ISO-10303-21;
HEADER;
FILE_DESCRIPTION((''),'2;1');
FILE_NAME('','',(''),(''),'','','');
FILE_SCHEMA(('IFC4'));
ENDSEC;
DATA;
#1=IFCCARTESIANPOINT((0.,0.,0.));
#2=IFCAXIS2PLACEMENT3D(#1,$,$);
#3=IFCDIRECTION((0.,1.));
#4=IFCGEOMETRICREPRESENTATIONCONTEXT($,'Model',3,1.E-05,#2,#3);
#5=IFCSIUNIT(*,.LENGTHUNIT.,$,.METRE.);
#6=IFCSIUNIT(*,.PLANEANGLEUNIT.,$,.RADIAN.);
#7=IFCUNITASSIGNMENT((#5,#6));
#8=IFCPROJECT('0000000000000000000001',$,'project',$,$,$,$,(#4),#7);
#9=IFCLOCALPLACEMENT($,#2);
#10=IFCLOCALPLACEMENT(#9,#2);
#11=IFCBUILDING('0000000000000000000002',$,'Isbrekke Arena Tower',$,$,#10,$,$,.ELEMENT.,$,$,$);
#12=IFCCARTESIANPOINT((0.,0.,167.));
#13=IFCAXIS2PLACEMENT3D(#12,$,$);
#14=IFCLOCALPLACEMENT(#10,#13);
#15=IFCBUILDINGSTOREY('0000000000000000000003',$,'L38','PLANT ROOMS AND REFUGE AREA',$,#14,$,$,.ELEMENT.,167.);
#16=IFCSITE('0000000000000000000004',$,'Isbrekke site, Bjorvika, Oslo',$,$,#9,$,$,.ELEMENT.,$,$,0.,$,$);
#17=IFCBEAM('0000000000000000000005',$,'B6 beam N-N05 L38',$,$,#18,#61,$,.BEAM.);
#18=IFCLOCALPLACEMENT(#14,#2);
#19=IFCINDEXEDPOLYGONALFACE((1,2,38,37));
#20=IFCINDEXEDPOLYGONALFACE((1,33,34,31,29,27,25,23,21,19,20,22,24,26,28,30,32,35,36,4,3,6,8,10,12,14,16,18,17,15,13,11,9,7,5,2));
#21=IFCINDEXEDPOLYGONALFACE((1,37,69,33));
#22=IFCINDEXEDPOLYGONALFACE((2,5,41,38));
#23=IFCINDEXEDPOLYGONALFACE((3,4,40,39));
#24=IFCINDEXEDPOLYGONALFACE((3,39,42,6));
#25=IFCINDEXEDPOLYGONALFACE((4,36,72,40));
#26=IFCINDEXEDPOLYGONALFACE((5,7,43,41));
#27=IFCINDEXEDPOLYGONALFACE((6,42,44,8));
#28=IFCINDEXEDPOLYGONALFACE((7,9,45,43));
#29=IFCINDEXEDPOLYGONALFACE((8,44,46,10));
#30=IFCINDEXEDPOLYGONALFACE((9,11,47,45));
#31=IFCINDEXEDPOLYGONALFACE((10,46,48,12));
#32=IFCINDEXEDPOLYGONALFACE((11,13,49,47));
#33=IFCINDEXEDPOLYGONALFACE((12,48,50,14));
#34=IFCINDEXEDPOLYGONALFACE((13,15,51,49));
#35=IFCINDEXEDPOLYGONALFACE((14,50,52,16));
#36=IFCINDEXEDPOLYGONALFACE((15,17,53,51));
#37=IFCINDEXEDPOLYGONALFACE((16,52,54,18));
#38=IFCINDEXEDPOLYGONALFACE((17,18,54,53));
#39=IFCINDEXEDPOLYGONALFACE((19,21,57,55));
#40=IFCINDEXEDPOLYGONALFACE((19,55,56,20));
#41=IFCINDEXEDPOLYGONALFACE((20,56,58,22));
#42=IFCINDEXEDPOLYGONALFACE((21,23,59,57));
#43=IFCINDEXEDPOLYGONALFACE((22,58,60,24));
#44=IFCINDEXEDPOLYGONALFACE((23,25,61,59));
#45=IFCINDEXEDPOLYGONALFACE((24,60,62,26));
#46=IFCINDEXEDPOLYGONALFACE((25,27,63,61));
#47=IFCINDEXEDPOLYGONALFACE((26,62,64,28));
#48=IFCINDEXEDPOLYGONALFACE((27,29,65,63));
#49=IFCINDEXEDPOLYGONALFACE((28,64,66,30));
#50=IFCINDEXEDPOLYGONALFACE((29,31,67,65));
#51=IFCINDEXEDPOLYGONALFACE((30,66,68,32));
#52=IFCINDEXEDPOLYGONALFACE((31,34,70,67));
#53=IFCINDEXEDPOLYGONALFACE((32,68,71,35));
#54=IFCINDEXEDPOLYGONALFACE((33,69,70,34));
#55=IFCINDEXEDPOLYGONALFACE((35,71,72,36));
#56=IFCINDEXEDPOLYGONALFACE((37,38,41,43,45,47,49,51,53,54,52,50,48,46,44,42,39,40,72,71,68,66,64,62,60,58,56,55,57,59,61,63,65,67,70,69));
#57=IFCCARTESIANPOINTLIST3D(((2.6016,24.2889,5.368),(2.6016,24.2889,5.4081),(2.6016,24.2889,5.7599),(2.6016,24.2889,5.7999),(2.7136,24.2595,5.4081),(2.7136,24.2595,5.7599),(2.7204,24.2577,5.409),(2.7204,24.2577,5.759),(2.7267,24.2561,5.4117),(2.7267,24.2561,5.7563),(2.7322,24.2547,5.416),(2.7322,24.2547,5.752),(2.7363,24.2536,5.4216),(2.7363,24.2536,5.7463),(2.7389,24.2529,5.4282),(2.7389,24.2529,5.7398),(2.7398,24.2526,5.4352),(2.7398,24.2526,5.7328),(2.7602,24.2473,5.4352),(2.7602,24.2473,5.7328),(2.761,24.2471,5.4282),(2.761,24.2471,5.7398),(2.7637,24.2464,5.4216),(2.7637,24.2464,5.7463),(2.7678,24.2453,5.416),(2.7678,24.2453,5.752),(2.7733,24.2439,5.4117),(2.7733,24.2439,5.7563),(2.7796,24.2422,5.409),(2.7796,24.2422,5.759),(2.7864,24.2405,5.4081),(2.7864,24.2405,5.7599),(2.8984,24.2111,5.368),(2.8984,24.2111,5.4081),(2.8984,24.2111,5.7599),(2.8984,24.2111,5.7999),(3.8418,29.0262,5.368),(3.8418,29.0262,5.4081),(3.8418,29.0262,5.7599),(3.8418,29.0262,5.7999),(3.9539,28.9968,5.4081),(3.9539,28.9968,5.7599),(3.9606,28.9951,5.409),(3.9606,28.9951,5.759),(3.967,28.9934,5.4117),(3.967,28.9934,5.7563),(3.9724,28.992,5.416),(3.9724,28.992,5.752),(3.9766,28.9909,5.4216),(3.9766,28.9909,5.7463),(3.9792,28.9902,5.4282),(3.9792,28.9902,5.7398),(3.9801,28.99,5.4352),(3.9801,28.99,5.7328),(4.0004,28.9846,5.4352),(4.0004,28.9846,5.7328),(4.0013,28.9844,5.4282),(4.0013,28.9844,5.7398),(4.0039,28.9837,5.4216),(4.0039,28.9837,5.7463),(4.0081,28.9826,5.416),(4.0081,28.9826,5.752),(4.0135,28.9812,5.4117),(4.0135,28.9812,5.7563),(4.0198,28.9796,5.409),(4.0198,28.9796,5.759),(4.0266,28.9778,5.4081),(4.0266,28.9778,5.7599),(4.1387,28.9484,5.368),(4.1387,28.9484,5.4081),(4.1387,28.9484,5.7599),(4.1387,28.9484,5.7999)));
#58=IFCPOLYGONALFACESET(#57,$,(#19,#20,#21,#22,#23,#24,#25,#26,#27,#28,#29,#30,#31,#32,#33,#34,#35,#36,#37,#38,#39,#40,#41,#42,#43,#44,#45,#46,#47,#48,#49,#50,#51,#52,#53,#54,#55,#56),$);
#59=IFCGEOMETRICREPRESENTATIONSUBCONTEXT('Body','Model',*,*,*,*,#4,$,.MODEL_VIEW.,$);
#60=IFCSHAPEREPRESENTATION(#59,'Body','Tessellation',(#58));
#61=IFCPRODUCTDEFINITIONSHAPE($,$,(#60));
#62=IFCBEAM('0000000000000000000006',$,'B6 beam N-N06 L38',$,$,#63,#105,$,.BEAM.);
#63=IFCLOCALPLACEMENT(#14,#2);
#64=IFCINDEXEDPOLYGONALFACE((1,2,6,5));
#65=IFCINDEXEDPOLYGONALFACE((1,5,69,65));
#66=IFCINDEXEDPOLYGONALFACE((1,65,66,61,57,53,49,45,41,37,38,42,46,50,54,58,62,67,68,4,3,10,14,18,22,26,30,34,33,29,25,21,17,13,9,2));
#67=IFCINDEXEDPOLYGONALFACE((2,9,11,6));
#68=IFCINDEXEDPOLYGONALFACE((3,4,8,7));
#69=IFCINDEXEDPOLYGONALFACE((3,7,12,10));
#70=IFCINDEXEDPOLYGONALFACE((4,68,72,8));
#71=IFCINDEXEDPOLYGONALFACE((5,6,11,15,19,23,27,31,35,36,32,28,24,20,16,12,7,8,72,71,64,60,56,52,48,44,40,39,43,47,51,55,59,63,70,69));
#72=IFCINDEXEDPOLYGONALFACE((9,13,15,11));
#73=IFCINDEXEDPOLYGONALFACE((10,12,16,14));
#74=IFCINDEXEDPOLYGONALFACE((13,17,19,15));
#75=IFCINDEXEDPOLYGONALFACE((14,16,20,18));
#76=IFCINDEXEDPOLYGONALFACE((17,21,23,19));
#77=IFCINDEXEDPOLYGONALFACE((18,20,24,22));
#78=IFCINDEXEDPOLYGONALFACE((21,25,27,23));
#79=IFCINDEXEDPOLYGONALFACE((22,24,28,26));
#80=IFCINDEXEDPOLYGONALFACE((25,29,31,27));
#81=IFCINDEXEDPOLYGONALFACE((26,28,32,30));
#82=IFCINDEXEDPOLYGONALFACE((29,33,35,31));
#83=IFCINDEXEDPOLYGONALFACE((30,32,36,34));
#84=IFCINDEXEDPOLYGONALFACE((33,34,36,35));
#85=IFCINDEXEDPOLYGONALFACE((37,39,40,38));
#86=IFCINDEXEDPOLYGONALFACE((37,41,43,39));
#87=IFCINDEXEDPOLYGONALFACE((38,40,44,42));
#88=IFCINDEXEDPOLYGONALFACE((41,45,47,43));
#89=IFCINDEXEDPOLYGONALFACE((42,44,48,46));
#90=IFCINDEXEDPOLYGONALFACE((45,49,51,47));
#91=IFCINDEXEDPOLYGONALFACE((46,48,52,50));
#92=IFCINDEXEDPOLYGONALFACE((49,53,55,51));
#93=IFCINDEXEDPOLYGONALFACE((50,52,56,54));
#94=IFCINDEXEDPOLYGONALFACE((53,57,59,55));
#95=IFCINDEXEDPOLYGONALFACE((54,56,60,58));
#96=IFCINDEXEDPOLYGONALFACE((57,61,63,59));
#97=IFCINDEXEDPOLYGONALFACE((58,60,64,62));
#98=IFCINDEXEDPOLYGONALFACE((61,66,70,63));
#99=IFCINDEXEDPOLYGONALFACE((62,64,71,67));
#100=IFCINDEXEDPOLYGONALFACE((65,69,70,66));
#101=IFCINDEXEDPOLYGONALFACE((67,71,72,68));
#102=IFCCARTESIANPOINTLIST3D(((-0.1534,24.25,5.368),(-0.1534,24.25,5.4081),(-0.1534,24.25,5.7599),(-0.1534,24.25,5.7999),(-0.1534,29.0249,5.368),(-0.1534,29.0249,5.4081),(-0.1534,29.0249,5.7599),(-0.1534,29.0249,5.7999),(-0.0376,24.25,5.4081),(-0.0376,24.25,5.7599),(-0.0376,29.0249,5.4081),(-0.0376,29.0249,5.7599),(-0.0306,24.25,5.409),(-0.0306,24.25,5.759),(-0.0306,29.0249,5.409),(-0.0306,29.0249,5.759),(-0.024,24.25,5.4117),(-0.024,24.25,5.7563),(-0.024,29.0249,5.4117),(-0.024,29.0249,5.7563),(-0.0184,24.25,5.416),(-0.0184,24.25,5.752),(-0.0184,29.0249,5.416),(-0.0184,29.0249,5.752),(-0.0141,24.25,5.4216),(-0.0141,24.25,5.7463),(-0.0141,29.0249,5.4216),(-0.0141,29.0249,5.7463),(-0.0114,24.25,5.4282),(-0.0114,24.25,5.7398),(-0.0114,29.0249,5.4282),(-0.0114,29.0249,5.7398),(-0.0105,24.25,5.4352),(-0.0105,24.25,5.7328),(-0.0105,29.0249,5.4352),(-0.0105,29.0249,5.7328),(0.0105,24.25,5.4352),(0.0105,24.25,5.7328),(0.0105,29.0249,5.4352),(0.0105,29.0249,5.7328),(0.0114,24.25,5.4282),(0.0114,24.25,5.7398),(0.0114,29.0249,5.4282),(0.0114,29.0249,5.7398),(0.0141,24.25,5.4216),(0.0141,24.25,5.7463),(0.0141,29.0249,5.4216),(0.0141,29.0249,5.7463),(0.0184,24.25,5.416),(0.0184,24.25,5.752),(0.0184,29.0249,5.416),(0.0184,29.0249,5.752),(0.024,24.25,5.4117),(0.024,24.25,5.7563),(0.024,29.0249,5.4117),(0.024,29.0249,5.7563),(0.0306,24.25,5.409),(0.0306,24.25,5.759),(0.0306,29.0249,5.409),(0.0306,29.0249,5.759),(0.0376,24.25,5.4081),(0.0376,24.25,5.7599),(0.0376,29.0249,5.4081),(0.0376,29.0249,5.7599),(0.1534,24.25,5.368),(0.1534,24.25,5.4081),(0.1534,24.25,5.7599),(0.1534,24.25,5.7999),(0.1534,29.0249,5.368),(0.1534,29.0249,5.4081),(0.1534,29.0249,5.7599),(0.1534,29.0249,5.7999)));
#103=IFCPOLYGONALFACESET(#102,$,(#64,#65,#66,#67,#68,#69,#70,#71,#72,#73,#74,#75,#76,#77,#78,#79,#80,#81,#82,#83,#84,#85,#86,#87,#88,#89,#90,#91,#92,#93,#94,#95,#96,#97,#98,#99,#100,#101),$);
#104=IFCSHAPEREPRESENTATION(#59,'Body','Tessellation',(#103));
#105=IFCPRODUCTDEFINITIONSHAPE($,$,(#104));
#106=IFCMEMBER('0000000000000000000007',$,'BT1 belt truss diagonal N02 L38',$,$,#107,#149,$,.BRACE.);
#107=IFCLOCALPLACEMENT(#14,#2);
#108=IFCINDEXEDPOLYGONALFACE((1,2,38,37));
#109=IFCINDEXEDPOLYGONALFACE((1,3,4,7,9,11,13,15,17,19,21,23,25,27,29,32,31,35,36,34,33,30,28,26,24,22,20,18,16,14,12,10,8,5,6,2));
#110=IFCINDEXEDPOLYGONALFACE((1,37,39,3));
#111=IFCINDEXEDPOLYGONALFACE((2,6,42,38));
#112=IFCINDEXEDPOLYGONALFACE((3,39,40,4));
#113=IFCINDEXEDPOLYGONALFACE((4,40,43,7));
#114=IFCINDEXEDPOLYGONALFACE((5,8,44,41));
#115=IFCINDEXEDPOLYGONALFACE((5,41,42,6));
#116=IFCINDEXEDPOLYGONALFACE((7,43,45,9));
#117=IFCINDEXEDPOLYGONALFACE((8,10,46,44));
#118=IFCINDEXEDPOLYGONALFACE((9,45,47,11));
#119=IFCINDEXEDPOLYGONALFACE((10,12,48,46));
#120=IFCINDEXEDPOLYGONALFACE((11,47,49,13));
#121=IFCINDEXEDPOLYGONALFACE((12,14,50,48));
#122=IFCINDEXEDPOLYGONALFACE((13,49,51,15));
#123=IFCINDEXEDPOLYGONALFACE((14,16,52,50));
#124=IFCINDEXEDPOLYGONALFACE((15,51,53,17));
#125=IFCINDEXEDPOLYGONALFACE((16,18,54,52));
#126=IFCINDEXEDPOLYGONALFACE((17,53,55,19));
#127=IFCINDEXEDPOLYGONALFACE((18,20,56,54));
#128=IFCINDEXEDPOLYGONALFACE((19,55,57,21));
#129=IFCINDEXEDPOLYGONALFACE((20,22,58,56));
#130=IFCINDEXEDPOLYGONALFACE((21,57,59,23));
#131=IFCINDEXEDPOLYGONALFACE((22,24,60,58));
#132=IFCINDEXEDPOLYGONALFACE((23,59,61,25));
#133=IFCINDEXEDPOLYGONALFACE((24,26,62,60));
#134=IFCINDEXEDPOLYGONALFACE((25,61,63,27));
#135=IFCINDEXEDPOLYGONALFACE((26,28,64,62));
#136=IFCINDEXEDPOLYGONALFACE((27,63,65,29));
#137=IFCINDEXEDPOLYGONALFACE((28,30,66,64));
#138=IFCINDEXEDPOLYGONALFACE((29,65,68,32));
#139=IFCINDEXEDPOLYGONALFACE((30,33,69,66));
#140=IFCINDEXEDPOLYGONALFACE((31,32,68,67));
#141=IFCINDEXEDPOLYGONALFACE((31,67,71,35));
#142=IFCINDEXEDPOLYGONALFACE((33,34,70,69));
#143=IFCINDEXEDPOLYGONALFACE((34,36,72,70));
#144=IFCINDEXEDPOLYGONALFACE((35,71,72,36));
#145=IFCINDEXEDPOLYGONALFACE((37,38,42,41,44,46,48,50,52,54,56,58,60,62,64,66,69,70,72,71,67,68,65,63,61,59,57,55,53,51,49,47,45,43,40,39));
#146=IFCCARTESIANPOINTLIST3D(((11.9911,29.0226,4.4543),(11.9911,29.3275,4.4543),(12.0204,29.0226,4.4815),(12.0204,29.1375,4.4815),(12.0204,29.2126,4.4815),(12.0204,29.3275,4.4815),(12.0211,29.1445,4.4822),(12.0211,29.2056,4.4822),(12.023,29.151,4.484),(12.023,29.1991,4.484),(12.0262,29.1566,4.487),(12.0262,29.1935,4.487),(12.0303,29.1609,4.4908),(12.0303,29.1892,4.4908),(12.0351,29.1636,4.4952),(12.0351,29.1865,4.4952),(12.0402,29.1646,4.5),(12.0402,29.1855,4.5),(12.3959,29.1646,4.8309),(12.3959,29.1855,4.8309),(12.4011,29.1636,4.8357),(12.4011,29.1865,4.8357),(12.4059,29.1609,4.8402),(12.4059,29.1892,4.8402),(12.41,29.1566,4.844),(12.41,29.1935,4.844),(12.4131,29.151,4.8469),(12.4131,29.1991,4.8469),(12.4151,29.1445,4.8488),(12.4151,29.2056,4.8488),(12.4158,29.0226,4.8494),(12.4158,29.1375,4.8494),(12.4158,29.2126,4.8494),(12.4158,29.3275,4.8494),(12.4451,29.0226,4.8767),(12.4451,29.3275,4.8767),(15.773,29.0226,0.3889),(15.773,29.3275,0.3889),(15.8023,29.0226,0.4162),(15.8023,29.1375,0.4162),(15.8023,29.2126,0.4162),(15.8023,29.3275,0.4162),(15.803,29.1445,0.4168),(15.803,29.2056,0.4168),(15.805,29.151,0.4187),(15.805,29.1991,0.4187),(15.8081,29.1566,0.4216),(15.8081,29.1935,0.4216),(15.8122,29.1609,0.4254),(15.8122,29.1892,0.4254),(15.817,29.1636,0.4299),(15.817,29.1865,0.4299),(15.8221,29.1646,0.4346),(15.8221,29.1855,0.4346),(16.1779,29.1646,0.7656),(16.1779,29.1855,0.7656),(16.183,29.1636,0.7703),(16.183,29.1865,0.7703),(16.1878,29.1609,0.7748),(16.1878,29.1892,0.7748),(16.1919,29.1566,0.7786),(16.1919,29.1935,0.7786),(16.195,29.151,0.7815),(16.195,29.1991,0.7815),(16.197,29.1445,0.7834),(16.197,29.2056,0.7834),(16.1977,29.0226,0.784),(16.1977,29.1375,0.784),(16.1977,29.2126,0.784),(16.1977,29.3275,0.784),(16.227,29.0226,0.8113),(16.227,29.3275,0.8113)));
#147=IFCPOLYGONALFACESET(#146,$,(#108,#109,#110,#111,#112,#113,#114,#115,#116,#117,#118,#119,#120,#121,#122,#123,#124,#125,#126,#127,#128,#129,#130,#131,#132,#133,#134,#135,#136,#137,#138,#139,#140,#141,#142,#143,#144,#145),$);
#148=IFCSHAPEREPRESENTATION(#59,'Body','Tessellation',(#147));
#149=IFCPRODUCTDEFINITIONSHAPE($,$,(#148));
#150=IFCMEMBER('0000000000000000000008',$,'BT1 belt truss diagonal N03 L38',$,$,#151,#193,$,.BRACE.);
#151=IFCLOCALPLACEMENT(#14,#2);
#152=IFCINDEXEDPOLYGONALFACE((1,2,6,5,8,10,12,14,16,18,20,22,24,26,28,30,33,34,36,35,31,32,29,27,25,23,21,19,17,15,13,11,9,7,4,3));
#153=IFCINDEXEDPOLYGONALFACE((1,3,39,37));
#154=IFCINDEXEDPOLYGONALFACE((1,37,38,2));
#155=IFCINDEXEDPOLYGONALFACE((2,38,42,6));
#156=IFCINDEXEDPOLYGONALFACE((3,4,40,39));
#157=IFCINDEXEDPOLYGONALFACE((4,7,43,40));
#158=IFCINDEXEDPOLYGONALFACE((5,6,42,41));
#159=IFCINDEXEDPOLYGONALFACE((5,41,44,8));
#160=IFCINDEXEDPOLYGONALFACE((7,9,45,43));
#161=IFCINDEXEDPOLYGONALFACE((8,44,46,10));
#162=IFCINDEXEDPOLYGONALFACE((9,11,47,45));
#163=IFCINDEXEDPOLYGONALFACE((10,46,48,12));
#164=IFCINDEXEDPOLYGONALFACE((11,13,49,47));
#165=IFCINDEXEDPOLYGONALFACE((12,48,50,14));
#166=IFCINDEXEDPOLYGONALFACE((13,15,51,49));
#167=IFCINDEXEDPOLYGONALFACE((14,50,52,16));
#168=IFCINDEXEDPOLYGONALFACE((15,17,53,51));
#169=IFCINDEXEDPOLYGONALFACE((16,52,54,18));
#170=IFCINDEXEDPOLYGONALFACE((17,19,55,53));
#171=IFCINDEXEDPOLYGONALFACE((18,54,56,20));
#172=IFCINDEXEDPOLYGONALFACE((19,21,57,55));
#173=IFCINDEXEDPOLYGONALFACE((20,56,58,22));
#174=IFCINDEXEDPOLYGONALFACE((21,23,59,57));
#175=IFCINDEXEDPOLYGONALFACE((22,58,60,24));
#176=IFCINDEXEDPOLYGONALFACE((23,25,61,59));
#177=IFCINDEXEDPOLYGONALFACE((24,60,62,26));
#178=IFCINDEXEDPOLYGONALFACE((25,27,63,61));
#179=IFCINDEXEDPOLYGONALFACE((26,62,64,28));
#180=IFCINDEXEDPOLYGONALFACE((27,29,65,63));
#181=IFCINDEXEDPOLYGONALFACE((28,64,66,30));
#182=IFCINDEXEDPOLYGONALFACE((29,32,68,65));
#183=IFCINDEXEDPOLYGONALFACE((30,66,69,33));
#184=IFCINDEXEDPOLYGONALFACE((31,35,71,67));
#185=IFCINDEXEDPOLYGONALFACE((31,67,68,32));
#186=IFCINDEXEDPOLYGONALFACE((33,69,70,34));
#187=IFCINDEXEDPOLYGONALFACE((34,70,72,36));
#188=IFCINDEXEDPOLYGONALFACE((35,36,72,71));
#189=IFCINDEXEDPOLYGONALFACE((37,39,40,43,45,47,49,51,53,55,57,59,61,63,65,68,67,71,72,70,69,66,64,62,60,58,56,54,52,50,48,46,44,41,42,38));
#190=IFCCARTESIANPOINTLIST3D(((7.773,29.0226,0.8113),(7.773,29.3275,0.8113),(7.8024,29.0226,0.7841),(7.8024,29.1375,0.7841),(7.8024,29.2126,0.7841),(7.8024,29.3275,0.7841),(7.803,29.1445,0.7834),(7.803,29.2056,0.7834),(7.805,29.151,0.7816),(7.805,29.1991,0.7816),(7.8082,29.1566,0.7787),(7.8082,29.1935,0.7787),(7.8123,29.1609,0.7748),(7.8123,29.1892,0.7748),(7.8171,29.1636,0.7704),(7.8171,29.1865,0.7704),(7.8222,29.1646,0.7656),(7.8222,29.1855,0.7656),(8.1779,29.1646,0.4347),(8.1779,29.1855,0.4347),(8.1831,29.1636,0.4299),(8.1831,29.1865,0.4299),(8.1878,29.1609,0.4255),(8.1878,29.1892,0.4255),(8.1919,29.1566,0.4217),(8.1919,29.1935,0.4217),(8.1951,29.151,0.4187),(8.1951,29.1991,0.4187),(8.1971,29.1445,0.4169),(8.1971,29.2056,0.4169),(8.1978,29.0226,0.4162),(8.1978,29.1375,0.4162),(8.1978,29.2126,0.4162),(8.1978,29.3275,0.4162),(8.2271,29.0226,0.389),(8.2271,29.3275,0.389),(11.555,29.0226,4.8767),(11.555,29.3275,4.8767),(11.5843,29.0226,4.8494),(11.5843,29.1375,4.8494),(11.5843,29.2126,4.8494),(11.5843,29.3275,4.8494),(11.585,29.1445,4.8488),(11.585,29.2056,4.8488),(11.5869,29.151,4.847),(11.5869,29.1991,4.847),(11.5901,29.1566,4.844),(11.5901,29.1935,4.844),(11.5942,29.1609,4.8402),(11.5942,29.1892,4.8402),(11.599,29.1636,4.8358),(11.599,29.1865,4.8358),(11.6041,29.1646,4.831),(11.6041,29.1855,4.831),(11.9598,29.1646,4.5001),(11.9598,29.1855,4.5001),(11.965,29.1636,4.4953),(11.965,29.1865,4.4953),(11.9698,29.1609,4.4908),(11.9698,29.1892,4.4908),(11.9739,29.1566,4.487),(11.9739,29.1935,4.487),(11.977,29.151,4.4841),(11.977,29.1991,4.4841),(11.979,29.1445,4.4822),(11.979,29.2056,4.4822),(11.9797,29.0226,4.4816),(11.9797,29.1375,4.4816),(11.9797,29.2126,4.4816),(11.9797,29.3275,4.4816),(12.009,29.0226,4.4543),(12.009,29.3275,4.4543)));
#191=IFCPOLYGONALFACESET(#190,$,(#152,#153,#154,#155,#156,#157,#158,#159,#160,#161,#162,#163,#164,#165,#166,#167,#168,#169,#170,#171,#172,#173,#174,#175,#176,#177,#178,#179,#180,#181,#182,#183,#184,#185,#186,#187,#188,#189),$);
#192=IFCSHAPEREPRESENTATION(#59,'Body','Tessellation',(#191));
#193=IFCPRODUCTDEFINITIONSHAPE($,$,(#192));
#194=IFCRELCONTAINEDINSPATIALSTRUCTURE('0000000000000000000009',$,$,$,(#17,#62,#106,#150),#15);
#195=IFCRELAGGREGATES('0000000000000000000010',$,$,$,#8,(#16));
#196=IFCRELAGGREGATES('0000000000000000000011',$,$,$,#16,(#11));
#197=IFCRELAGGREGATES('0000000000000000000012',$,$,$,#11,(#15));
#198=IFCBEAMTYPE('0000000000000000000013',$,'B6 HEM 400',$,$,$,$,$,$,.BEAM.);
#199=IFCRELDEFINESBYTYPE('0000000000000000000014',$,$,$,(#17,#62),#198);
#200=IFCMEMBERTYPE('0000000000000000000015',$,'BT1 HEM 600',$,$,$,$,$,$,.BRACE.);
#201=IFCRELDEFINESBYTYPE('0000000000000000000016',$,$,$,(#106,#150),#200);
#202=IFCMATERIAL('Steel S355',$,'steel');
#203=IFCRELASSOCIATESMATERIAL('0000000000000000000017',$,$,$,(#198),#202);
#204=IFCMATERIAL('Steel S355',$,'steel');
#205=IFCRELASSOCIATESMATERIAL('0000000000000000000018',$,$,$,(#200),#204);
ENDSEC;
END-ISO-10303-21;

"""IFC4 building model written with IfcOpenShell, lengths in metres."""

from ifc_helpers import new_model, si_unit, direction, frame, origin, origin_2d, place, context, subcontext, project, spatial, i_section, extrude, material, material_profile, profile_set, type_object, element, save


model = new_model("IFC4")

# Units and contexts
model_context = context("Model", 3, precision=1e-05, world=origin(), true_north=direction((0.0, 1.0)))
body_context = subcontext(model_context, "Body", "Model", "MODEL_VIEW")
ifc_project = project(units=[si_unit("LENGTHUNIT", "METRE"), si_unit("PLANEANGLEUNIT", "RADIAN")], contexts=[model_context])

# Site, building, storey
site_placement = place(None, origin())
site = spatial("IfcSite", under=ifc_project, at=site_placement, Name="Isbrekke site, Bjorvika, Oslo", CompositionType="ELEMENT", RefElevation=0.0)
building_placement = place(site_placement, origin())
building = spatial("IfcBuilding", under=site, at=building_placement, Name="Isbrekke Arena Tower", CompositionType="ELEMENT")
storey_placement = place(building_placement, frame((0.0, 0.0, 167.0)))
storey = spatial("IfcBuildingStorey", under=building, at=storey_placement, Name="L38", Description="PLANT ROOMS AND REFUGE AREA", CompositionType="ELEMENT", Elevation=167.0)

# Beams
ifc_material_1 = material(Name="Steel S355", Category="steel")
ifc_material_profile_1 = material_profile(ifc_material_1, i_section(OverallWidth=0.3069, OverallDepth=0.4319, WebThickness=0.021, FlangeThickness=0.04, FilletRadius=0.0271, at=origin_2d()), Name="HEM 400")
ifc_profile_set_1 = profile_set([ifc_material_profile_1], Name="Steel S355")
beam_type_1 = type_object("IfcBeamType", Name="B6 HEM 400", PredefinedType="BEAM", material=ifc_profile_set_1)
beam_1_placement = place(storey_placement, frame((3.9902, 28.9873, 5.584), z_axis=(-0.253266, -0.967397, 0.0), x_axis=(0.967397, -0.253266, 0.0)))
element("IfcBeam", 1, at=beam_1_placement, inside=storey, type_object=beam_type_1, Name="B6 beam N-N05 L38", PredefinedType="BEAM", context=body_context, shape_type="SweptSolid", body=[
    extrude(i_section(OverallWidth=0.3069, OverallDepth=0.4319, WebThickness=0.021, FlangeThickness=0.04, FilletRadius=0.0271, at=origin_2d()), origin(), (0.0, 0.0, 1.0), 4.897),
])
beam_2_placement = place(storey_placement, frame((0.0, 29.0249, 5.584), z_axis=(0.0, -1.0, 0.0), x_axis=(1.0, 0.0, 0.0)))
element("IfcBeam", 2, at=beam_2_placement, inside=storey, type_object=beam_type_1, Name="B6 beam N-N06 L38", PredefinedType="BEAM", context=body_context, shape_type="SweptSolid", body=[
    extrude(i_section(OverallWidth=0.3069, OverallDepth=0.4319, WebThickness=0.021, FlangeThickness=0.04, FilletRadius=0.0271, at=origin_2d()), origin(), (0.0, 0.0, 1.0), 4.7749),
])

# Members
ifc_material_2 = material(Name="Steel S355", Category="steel")
ifc_material_profile_2 = material_profile(ifc_material_2, i_section(OverallWidth=0.3049, OverallDepth=0.6201, WebThickness=0.021, FlangeThickness=0.04, FilletRadius=0.0271, at=origin_2d()), Name="HEM 600")
ifc_profile_set_2 = profile_set([ifc_material_profile_2], Name="Steel S355")
member_type_1 = type_object("IfcMemberType", Name="BT1 HEM 600", PredefinedType="BRACE", material=ifc_profile_set_2)
for number, where, z_axis, x_axis, name in (
    (3, (16.0, 29.175, 0.6001), (-0.681122, 0.0, 0.73217), (0.0, -1.0, 0.0), "BT1 belt truss diagonal N02 L38"),
    (4, (11.782, 29.175, 4.6655), (-0.681122, 0.0, -0.73217), (0.0, -1.0, 0.0), "BT1 belt truss diagonal N03 L38"),
):
    element("IfcMember", number, at=place(storey_placement, frame(where, z_axis=z_axis, x_axis=x_axis)), inside=storey, type_object=member_type_1, Name=name, PredefinedType="BRACE", context=body_context, shape_type="SweptSolid", body=[
        extrude(i_section(OverallWidth=0.3049, OverallDepth=0.6201, WebThickness=0.021, FlangeThickness=0.04, FilletRadius=0.0271, at=origin_2d()), origin(), (0.0, 0.0, 1.0), 5.5525),
    ])

save(model, "model.ifc")
